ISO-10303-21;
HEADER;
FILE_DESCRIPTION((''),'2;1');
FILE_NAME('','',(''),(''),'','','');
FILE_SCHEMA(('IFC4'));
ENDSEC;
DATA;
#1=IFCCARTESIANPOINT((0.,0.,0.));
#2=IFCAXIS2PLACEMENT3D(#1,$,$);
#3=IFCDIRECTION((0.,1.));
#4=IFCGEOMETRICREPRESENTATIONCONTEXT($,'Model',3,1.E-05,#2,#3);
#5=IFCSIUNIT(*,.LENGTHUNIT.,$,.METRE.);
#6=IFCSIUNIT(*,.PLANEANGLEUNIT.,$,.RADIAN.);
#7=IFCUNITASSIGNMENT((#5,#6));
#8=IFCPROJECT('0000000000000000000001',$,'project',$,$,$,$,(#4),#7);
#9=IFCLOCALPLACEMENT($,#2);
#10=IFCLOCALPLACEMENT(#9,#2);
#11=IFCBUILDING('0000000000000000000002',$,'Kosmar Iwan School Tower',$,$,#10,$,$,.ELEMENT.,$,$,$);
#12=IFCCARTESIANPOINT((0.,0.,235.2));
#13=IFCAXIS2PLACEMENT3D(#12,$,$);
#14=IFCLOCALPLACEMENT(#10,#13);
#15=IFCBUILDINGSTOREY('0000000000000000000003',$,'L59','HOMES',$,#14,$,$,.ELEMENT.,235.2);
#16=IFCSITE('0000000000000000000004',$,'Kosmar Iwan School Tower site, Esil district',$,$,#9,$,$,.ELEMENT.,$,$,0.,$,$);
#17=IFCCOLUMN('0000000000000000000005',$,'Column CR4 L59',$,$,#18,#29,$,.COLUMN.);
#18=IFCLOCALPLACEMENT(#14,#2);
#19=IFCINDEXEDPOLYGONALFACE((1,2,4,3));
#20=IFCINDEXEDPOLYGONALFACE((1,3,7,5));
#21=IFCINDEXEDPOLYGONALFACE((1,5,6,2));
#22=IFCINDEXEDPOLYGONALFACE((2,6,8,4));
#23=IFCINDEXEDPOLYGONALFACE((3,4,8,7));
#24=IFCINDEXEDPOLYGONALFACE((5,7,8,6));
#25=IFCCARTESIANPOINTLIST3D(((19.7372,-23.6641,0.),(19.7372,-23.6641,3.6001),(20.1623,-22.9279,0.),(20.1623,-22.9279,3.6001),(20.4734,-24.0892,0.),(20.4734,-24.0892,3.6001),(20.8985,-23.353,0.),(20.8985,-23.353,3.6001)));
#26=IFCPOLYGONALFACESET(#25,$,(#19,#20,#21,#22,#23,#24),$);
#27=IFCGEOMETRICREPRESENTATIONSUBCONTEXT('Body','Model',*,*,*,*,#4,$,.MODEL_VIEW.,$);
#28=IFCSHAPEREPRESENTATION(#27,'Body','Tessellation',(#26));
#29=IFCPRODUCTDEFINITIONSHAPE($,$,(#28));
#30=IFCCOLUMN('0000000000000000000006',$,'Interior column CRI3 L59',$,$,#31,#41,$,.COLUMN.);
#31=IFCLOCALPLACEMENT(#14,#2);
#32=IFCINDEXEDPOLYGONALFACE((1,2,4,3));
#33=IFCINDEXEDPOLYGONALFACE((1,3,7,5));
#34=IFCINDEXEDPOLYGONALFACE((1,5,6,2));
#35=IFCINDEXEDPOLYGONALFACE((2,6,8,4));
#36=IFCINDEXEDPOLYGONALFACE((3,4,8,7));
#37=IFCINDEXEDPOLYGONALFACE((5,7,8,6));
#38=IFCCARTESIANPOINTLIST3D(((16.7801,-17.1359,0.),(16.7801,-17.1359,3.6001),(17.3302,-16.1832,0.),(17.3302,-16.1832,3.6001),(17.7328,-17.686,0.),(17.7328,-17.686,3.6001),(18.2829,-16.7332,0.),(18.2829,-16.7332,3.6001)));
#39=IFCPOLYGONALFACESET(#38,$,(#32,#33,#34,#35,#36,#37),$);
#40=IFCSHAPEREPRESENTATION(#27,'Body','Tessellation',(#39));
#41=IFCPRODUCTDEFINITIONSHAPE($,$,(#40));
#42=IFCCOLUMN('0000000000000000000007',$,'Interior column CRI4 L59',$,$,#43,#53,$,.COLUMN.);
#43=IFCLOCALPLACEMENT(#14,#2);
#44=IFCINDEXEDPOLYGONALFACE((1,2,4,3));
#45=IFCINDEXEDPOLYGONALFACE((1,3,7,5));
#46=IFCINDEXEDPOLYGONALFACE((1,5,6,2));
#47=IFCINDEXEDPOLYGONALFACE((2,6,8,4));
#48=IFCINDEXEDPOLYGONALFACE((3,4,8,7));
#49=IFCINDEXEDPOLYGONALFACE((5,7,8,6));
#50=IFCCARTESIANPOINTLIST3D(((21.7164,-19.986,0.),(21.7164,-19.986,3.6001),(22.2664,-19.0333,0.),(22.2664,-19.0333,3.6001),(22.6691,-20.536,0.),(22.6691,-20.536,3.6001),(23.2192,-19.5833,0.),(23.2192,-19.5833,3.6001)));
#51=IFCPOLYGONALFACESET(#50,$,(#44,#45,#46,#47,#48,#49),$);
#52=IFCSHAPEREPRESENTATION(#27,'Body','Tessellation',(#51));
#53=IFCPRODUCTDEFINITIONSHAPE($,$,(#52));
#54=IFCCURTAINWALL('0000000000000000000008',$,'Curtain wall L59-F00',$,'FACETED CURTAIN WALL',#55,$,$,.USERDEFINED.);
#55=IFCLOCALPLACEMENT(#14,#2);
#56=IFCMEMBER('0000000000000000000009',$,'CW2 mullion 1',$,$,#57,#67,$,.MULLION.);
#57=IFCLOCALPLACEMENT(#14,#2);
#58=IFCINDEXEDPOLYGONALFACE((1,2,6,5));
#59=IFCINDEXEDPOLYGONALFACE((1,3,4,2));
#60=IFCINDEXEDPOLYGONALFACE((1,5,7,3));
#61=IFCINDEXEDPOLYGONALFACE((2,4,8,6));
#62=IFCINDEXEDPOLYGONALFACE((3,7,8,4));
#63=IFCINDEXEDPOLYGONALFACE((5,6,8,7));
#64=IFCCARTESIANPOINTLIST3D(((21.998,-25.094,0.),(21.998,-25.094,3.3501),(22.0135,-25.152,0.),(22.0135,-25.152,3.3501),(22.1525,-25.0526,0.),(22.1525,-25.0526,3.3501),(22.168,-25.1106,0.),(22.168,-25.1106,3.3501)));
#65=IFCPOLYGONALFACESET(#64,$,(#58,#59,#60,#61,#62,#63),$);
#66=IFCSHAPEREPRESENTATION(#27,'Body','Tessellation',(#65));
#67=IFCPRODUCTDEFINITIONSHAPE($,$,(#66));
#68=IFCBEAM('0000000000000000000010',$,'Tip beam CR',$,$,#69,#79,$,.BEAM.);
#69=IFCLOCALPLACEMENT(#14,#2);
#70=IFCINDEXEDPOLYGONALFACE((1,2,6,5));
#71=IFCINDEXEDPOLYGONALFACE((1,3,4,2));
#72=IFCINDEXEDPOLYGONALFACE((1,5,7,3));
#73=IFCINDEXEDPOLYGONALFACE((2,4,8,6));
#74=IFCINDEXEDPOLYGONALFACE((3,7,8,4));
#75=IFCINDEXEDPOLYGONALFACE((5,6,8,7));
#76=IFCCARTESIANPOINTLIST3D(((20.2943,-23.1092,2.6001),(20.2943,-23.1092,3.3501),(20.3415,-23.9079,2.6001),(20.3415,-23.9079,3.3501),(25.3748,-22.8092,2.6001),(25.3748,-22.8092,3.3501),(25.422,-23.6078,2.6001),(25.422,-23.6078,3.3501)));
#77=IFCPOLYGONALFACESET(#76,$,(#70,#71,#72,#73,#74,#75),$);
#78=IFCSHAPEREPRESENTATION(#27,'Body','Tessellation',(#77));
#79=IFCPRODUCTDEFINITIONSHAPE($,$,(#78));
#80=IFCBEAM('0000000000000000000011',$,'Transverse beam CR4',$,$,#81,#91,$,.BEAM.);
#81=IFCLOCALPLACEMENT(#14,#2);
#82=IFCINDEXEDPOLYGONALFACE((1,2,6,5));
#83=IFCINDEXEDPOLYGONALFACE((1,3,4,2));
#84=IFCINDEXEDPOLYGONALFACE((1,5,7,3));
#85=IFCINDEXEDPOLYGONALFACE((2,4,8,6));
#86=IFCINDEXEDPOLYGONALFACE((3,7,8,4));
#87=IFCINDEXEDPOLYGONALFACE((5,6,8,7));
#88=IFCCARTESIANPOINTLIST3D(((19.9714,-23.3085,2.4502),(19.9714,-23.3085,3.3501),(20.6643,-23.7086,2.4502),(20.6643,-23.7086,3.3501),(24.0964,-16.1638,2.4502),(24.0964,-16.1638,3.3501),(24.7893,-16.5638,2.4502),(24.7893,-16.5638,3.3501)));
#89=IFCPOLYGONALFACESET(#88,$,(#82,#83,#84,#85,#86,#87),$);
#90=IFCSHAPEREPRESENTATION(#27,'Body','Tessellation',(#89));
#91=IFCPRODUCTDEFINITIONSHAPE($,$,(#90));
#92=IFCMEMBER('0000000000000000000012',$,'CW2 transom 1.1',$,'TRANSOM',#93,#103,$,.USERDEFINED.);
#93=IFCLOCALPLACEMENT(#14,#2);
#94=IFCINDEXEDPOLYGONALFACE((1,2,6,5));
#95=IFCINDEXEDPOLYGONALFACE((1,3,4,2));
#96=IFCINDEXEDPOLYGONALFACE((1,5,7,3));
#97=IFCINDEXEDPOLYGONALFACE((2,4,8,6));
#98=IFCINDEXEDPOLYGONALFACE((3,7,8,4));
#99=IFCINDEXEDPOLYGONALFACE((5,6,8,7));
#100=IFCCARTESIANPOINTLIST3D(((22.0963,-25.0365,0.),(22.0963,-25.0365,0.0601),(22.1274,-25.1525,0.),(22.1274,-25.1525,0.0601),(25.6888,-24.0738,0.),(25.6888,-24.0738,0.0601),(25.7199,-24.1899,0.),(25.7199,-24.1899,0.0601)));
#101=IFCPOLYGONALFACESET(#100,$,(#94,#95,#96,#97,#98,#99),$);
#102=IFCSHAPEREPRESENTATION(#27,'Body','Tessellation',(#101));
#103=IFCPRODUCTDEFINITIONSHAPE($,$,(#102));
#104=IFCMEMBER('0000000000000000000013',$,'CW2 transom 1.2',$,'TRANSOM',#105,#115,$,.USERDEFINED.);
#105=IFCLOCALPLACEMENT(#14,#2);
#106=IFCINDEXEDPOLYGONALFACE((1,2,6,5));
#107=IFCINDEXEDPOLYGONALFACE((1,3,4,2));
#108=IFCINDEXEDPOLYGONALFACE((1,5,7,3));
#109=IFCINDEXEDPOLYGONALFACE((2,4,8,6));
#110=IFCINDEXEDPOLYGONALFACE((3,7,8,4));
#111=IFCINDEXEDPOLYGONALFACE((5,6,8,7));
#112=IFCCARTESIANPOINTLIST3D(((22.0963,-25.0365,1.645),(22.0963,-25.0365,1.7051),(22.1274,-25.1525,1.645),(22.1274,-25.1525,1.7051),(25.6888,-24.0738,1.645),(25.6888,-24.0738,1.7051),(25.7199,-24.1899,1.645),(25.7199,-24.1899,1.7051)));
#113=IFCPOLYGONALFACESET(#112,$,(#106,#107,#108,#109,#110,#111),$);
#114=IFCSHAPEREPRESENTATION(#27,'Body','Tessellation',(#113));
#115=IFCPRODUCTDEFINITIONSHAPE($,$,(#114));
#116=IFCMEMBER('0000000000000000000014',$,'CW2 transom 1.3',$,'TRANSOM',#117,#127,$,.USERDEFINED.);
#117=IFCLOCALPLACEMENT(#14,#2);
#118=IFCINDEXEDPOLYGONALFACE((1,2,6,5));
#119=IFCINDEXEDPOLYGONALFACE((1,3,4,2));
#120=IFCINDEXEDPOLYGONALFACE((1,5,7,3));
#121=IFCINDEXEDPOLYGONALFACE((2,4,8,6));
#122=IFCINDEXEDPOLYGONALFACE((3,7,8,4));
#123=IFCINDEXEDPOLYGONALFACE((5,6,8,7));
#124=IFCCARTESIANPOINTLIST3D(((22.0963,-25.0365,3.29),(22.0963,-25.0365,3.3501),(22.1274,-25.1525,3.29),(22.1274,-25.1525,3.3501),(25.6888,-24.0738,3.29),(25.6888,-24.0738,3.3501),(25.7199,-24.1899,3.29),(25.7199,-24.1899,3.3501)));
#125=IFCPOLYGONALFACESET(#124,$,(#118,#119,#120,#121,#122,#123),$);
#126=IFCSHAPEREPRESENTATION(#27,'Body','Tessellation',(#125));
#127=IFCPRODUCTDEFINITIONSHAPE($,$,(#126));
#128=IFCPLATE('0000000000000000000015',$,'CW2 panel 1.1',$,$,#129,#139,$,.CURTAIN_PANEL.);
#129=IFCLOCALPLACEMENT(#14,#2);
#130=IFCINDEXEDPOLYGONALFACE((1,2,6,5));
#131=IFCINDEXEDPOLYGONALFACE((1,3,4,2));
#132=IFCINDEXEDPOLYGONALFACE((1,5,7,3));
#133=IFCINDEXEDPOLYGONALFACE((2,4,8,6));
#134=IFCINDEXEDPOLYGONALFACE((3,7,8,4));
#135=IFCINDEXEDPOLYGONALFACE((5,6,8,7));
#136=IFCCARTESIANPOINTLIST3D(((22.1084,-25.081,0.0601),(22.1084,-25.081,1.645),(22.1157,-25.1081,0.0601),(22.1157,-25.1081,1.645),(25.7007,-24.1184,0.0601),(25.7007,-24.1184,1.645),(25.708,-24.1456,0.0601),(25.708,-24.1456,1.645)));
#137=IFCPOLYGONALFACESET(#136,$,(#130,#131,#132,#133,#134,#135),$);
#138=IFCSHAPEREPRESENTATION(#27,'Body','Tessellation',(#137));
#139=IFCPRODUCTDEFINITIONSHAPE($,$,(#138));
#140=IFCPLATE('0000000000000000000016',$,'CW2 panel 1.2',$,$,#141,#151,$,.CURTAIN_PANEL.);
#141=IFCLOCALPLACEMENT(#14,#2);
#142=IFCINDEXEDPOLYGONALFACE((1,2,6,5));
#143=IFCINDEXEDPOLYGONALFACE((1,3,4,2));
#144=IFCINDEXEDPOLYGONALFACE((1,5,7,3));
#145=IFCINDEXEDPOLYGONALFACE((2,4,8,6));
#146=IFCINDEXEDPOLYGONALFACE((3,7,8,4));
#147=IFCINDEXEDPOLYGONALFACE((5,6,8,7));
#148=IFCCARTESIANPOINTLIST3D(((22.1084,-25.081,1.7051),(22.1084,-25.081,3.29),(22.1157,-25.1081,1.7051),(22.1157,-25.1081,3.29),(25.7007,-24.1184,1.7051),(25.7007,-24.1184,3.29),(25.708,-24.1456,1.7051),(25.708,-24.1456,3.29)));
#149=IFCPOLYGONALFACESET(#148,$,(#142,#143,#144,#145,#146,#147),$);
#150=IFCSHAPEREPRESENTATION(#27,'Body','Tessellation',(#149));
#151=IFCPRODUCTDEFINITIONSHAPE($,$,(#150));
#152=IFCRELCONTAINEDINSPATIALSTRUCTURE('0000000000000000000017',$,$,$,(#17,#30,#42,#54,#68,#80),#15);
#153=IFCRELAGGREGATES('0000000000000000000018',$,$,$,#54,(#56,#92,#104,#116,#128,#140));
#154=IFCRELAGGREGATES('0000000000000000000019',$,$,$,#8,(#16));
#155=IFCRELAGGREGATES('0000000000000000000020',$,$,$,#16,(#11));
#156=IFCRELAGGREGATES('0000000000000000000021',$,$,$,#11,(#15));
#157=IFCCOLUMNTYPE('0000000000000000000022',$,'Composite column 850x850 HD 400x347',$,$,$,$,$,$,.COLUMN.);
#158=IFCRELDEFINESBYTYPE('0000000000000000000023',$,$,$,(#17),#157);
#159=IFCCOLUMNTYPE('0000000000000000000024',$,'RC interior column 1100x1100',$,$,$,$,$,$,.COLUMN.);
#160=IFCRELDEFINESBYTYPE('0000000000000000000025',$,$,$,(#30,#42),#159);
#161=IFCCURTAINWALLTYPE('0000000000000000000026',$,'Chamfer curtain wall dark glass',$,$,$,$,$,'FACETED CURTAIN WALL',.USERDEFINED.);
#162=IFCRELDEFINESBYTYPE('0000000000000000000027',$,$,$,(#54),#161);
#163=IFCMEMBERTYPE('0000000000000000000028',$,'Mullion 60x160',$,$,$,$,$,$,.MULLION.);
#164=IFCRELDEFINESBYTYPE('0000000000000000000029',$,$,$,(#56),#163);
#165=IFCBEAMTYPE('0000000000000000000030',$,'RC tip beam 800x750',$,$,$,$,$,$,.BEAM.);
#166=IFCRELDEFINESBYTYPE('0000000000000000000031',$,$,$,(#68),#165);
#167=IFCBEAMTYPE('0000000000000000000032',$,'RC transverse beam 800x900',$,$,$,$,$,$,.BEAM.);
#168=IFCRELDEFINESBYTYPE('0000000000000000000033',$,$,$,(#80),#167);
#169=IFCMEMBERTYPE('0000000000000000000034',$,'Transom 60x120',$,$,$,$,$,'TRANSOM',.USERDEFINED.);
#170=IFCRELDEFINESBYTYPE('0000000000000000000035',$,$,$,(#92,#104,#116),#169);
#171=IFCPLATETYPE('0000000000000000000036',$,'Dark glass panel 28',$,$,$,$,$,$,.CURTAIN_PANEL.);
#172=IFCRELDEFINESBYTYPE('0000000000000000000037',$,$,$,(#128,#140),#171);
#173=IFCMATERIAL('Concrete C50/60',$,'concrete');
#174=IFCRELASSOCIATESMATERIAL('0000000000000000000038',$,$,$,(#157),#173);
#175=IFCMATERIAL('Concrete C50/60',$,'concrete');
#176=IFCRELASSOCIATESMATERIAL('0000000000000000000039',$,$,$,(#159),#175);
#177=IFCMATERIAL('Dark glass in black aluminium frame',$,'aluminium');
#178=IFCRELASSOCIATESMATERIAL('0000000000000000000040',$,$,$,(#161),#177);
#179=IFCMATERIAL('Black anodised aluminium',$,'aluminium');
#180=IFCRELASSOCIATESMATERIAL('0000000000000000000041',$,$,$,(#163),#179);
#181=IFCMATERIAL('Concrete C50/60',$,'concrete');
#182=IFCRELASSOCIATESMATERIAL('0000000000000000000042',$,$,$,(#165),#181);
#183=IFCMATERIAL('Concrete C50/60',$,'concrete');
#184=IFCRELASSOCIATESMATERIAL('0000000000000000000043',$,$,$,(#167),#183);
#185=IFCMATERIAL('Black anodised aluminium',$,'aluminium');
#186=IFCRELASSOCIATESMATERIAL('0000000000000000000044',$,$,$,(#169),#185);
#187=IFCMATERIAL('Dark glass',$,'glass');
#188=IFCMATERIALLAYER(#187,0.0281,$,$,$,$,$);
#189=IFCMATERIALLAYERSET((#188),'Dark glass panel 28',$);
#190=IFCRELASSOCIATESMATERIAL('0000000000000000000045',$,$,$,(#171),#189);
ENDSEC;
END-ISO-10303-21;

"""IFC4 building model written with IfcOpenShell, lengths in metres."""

from ifc_helpers import new_model, si_unit, direction, frame, origin, origin_2d, place, context, subcontext, project, spatial, rectangle, extrude, material, layer, layer_set, material_profile, profile_set, type_object, element, aggregate, save


model = new_model("IFC4")

# Units and contexts
model_context = context("Model", 3, precision=1e-05, world=origin(), true_north=direction((0.0, 1.0)))
body_context = subcontext(model_context, "Body", "Model", "MODEL_VIEW")
ifc_project = project(units=[si_unit("LENGTHUNIT", "METRE"), si_unit("PLANEANGLEUNIT", "RADIAN")], contexts=[model_context])

# Site, building, storey
site_placement = place(None, origin())
site = spatial("IfcSite", under=ifc_project, at=site_placement, Name="Kosmar Iwan School Tower site, Esil district", CompositionType="ELEMENT", RefElevation=0.0)
building_placement = place(site_placement, origin())
building = spatial("IfcBuilding", under=site, at=building_placement, Name="Kosmar Iwan School Tower", CompositionType="ELEMENT")
storey_placement = place(building_placement, frame((0.0, 0.0, 235.2)))
storey = spatial("IfcBuildingStorey", under=building, at=storey_placement, Name="L59", Description="HOMES", CompositionType="ELEMENT", Elevation=235.2)

# Columns
ifc_material_1 = material(Name="Concrete C50/60", Category="concrete")
ifc_material_profile_1 = material_profile(ifc_material_1, rectangle(XDim=0.8501, YDim=0.8501, at=origin_2d()), Name="RC 850x850 + HD 400x347")
ifc_profile_set_1 = profile_set([ifc_material_profile_1], Name="Concrete C50/60")
column_type_1 = type_object("IfcColumnType", Name="Composite column 850x850 HD 400x347", PredefinedType="COLUMN", material=ifc_profile_set_1)
column_placement = place(storey_placement, frame((20.3179, -23.5085, 0.0), z_axis=(0.0, 0.0, 1.0), x_axis=(0.866025, -0.5, 0.0)))
element("IfcColumn", 1, at=column_placement, inside=storey, type_object=column_type_1, Name="Column CR4 L59", PredefinedType="COLUMN", context=body_context, shape_type="SweptSolid", body=[
    extrude(rectangle(XDim=0.8501, YDim=0.8501, at=origin_2d()), origin(), (0.0, 0.0, 1.0), 3.6001),
])
ifc_material_2 = material(Name="Concrete C50/60", Category="concrete")
ifc_material_profile_2 = material_profile(ifc_material_2, rectangle(XDim=1.1001, YDim=1.1001, at=origin_2d()), Name="RC 1100x1100")
ifc_profile_set_2 = profile_set([ifc_material_profile_2], Name="Concrete C50/60")
column_type_2 = type_object("IfcColumnType", Name="RC interior column 1100x1100", PredefinedType="COLUMN", material=ifc_profile_set_2)
for number, where, z_axis, x_axis, name in (
    (2, (17.5315, -16.9346, 0.0), (0.0, 0.0, 1.0), (0.866025, -0.5, 0.0), "Interior column CRI3 L59"),
    (3, (22.4678, -19.7847, 0.0), (0.0, 0.0, 1.0), (0.866025, -0.5, 0.0), "Interior column CRI4 L59"),
):
    element("IfcColumn", number, at=place(storey_placement, frame(where, z_axis=z_axis, x_axis=x_axis)), inside=storey, type_object=column_type_2, Name=name, PredefinedType="COLUMN", context=body_context, shape_type="SweptSolid", body=[
        extrude(rectangle(XDim=1.1001, YDim=1.1001, at=origin_2d()), origin(), (0.0, 0.0, 1.0), 3.6001),
    ])

# Curtain wall, member
ifc_material_3 = material(Name="Dark glass in black aluminium frame", Category="aluminium")
curtain_wall_type = type_object("IfcCurtainWallType", Name="Chamfer curtain wall dark glass", ElementType="FACETED CURTAIN WALL", PredefinedType="USERDEFINED", material=ifc_material_3)
curtain_wall_placement = place(storey_placement, origin())
curtain_wall = element("IfcCurtainWall", 4, at=curtain_wall_placement, inside=storey, type_object=curtain_wall_type, Name="Curtain wall L59-F00", ObjectType="FACETED CURTAIN WALL", PredefinedType="USERDEFINED")
ifc_material_4 = material(Name="Black anodised aluminium", Category="aluminium")
ifc_material_profile_3 = material_profile(ifc_material_4, rectangle(XDim=0.0601, YDim=0.1599, at=origin_2d()), Name="MULLION 60x160")
ifc_profile_set_3 = profile_set([ifc_material_profile_3], Name="Black anodised aluminium")
member_type_1 = type_object("IfcMemberType", Name="Mullion 60x160", PredefinedType="MULLION", material=ifc_profile_set_3)
member_1_placement = place(storey_placement, frame((22.083, -25.1023, 0.0), z_axis=(0.0, 0.0, 1.0), x_axis=(-0.258819, 0.965926, 0.0)))
member_1 = element("IfcMember", 5, at=member_1_placement, type_object=member_type_1, Name="CW2 mullion 1", PredefinedType="MULLION", context=body_context, shape_type="SweptSolid", body=[
    extrude(rectangle(XDim=0.0601, YDim=0.1599, at=origin_2d()), origin(), (0.0, 0.0, 1.0), 3.3501),
])

# Beams
ifc_material_5 = material(Name="Concrete C50/60", Category="concrete")
ifc_material_profile_4 = material_profile(ifc_material_5, rectangle(XDim=0.8, YDim=0.75, at=origin_2d()), Name="RC 800x750")
ifc_profile_set_4 = profile_set([ifc_material_profile_4], Name="Concrete C50/60")
beam_type_1 = type_object("IfcBeamType", Name="RC tip beam 800x750", PredefinedType="BEAM", material=ifc_profile_set_4)
beam_1_placement = place(storey_placement, frame((20.3179, -23.5085, 2.9751), z_axis=(0.998261, 0.058955, 0.0), x_axis=(-0.058955, 0.998261, 0.0)))
element("IfcBeam", 6, at=beam_1_placement, inside=storey, type_object=beam_type_1, Name="Tip beam CR", PredefinedType="BEAM", context=body_context, shape_type="SweptSolid", body=[
    extrude(rectangle(XDim=0.8, YDim=0.75, at=origin_2d()), origin(), (0.0, 0.0, 1.0), 5.0894),
])
ifc_material_6 = material(Name="Concrete C50/60", Category="concrete")
ifc_material_profile_5 = material_profile(ifc_material_6, rectangle(XDim=0.8, YDim=0.8999, at=origin_2d()), Name="RC 800x900")
ifc_profile_set_5 = profile_set([ifc_material_profile_5], Name="Concrete C50/60")
beam_type_2 = type_object("IfcBeamType", Name="RC transverse beam 800x900", PredefinedType="BEAM", material=ifc_profile_set_5)
beam_2_placement = place(storey_placement, frame((20.3179, -23.5085, 2.9001), z_axis=(0.499997, 0.866027, 0.0), x_axis=(-0.866027, 0.499997, 0.0)))
element("IfcBeam", 7, at=beam_2_placement, inside=storey, type_object=beam_type_2, Name="Transverse beam CR4", PredefinedType="BEAM", context=body_context, shape_type="SweptSolid", body=[
    extrude(rectangle(XDim=0.8, YDim=0.8999, at=origin_2d()), origin(), (0.0, 0.0, 1.0), 8.25),
])

# Members
ifc_material_7 = material(Name="Black anodised aluminium", Category="aluminium")
ifc_material_profile_6 = material_profile(ifc_material_7, rectangle(XDim=0.1201, YDim=0.0601, at=origin_2d()), Name="TRANSOM 60x120")
ifc_profile_set_6 = profile_set([ifc_material_profile_6], Name="Black anodised aluminium")
member_type_2 = type_object("IfcMemberType", Name="Transom 60x120", ElementType="TRANSOM", PredefinedType="USERDEFINED", material=ifc_profile_set_6)
member_2_placement = place(storey_placement, frame((22.1118, -25.0945, 0.03), z_axis=(0.965924, 0.258827, 0.0), x_axis=(-0.258827, 0.965924, 0.0)))
member_2 = element("IfcMember", 8, at=member_2_placement, type_object=member_type_2, Name="CW2 transom 1.1", ObjectType="TRANSOM", PredefinedType="USERDEFINED", context=body_context, shape_type="SweptSolid", body=[
    extrude(rectangle(XDim=0.1201, YDim=0.0601, at=origin_2d()), origin(), (0.0, 0.0, 1.0), 3.7192),
])
member_3_placement = place(storey_placement, frame((22.1118, -25.0945, 1.675), z_axis=(0.965924, 0.258827, 0.0), x_axis=(-0.258827, 0.965924, 0.0)))
member_3 = element("IfcMember", 9, at=member_3_placement, type_object=member_type_2, Name="CW2 transom 1.2", ObjectType="TRANSOM", PredefinedType="USERDEFINED", context=body_context, shape_type="SweptSolid", body=[
    extrude(rectangle(XDim=0.1201, YDim=0.0601, at=origin_2d()), origin(), (0.0, 0.0, 1.0), 3.7192),
])
member_4_placement = place(storey_placement, frame((22.1118, -25.0945, 3.3201), z_axis=(0.965924, 0.258827, 0.0), x_axis=(-0.258827, 0.965924, 0.0)))
member_4 = element("IfcMember", 10, at=member_4_placement, type_object=member_type_2, Name="CW2 transom 1.3", ObjectType="TRANSOM", PredefinedType="USERDEFINED", context=body_context, shape_type="SweptSolid", body=[
    extrude(rectangle(XDim=0.1201, YDim=0.0601, at=origin_2d()), origin(), (0.0, 0.0, 1.0), 3.7192),
])

# Plates
ifc_material_8 = material(Name="Dark glass", Category="glass")
ifc_layer_1 = layer(ifc_material_8, 0.0281)
ifc_layer_set_1 = layer_set([ifc_layer_1], Name="Dark glass panel 28")
plate_type = type_object("IfcPlateType", Name="Dark glass panel 28", PredefinedType="CURTAIN_PANEL", material=ifc_layer_set_1)
plate_1_placement = place(storey_placement, frame((23.9082, -24.6133, 0.0601), z_axis=(0.0, 0.0, 1.0), x_axis=(0.965926, 0.258819, 0.0)))
plate_1 = element("IfcPlate", 11, at=plate_1_placement, type_object=plate_type, Name="CW2 panel 1.1", PredefinedType="CURTAIN_PANEL", context=body_context, shape_type="SweptSolid", body=[
    extrude(rectangle(XDim=3.719, YDim=0.0281, at=origin_2d()), origin(), (0.0, 0.0, 1.0), 1.585),
])
plate_2_placement = place(storey_placement, frame((23.9082, -24.6133, 1.7051), z_axis=(0.0, 0.0, 1.0), x_axis=(0.965926, 0.258819, 0.0)))
plate_2 = element("IfcPlate", 12, at=plate_2_placement, type_object=plate_type, Name="CW2 panel 1.2", PredefinedType="CURTAIN_PANEL", context=body_context, shape_type="SweptSolid", body=[
    extrude(rectangle(XDim=3.719, YDim=0.0281, at=origin_2d()), origin(), (0.0, 0.0, 1.0), 1.585),
])
aggregate(curtain_wall, [member_1, member_2, member_3, member_4, plate_1, plate_2])

save(model, "model.ifc")
